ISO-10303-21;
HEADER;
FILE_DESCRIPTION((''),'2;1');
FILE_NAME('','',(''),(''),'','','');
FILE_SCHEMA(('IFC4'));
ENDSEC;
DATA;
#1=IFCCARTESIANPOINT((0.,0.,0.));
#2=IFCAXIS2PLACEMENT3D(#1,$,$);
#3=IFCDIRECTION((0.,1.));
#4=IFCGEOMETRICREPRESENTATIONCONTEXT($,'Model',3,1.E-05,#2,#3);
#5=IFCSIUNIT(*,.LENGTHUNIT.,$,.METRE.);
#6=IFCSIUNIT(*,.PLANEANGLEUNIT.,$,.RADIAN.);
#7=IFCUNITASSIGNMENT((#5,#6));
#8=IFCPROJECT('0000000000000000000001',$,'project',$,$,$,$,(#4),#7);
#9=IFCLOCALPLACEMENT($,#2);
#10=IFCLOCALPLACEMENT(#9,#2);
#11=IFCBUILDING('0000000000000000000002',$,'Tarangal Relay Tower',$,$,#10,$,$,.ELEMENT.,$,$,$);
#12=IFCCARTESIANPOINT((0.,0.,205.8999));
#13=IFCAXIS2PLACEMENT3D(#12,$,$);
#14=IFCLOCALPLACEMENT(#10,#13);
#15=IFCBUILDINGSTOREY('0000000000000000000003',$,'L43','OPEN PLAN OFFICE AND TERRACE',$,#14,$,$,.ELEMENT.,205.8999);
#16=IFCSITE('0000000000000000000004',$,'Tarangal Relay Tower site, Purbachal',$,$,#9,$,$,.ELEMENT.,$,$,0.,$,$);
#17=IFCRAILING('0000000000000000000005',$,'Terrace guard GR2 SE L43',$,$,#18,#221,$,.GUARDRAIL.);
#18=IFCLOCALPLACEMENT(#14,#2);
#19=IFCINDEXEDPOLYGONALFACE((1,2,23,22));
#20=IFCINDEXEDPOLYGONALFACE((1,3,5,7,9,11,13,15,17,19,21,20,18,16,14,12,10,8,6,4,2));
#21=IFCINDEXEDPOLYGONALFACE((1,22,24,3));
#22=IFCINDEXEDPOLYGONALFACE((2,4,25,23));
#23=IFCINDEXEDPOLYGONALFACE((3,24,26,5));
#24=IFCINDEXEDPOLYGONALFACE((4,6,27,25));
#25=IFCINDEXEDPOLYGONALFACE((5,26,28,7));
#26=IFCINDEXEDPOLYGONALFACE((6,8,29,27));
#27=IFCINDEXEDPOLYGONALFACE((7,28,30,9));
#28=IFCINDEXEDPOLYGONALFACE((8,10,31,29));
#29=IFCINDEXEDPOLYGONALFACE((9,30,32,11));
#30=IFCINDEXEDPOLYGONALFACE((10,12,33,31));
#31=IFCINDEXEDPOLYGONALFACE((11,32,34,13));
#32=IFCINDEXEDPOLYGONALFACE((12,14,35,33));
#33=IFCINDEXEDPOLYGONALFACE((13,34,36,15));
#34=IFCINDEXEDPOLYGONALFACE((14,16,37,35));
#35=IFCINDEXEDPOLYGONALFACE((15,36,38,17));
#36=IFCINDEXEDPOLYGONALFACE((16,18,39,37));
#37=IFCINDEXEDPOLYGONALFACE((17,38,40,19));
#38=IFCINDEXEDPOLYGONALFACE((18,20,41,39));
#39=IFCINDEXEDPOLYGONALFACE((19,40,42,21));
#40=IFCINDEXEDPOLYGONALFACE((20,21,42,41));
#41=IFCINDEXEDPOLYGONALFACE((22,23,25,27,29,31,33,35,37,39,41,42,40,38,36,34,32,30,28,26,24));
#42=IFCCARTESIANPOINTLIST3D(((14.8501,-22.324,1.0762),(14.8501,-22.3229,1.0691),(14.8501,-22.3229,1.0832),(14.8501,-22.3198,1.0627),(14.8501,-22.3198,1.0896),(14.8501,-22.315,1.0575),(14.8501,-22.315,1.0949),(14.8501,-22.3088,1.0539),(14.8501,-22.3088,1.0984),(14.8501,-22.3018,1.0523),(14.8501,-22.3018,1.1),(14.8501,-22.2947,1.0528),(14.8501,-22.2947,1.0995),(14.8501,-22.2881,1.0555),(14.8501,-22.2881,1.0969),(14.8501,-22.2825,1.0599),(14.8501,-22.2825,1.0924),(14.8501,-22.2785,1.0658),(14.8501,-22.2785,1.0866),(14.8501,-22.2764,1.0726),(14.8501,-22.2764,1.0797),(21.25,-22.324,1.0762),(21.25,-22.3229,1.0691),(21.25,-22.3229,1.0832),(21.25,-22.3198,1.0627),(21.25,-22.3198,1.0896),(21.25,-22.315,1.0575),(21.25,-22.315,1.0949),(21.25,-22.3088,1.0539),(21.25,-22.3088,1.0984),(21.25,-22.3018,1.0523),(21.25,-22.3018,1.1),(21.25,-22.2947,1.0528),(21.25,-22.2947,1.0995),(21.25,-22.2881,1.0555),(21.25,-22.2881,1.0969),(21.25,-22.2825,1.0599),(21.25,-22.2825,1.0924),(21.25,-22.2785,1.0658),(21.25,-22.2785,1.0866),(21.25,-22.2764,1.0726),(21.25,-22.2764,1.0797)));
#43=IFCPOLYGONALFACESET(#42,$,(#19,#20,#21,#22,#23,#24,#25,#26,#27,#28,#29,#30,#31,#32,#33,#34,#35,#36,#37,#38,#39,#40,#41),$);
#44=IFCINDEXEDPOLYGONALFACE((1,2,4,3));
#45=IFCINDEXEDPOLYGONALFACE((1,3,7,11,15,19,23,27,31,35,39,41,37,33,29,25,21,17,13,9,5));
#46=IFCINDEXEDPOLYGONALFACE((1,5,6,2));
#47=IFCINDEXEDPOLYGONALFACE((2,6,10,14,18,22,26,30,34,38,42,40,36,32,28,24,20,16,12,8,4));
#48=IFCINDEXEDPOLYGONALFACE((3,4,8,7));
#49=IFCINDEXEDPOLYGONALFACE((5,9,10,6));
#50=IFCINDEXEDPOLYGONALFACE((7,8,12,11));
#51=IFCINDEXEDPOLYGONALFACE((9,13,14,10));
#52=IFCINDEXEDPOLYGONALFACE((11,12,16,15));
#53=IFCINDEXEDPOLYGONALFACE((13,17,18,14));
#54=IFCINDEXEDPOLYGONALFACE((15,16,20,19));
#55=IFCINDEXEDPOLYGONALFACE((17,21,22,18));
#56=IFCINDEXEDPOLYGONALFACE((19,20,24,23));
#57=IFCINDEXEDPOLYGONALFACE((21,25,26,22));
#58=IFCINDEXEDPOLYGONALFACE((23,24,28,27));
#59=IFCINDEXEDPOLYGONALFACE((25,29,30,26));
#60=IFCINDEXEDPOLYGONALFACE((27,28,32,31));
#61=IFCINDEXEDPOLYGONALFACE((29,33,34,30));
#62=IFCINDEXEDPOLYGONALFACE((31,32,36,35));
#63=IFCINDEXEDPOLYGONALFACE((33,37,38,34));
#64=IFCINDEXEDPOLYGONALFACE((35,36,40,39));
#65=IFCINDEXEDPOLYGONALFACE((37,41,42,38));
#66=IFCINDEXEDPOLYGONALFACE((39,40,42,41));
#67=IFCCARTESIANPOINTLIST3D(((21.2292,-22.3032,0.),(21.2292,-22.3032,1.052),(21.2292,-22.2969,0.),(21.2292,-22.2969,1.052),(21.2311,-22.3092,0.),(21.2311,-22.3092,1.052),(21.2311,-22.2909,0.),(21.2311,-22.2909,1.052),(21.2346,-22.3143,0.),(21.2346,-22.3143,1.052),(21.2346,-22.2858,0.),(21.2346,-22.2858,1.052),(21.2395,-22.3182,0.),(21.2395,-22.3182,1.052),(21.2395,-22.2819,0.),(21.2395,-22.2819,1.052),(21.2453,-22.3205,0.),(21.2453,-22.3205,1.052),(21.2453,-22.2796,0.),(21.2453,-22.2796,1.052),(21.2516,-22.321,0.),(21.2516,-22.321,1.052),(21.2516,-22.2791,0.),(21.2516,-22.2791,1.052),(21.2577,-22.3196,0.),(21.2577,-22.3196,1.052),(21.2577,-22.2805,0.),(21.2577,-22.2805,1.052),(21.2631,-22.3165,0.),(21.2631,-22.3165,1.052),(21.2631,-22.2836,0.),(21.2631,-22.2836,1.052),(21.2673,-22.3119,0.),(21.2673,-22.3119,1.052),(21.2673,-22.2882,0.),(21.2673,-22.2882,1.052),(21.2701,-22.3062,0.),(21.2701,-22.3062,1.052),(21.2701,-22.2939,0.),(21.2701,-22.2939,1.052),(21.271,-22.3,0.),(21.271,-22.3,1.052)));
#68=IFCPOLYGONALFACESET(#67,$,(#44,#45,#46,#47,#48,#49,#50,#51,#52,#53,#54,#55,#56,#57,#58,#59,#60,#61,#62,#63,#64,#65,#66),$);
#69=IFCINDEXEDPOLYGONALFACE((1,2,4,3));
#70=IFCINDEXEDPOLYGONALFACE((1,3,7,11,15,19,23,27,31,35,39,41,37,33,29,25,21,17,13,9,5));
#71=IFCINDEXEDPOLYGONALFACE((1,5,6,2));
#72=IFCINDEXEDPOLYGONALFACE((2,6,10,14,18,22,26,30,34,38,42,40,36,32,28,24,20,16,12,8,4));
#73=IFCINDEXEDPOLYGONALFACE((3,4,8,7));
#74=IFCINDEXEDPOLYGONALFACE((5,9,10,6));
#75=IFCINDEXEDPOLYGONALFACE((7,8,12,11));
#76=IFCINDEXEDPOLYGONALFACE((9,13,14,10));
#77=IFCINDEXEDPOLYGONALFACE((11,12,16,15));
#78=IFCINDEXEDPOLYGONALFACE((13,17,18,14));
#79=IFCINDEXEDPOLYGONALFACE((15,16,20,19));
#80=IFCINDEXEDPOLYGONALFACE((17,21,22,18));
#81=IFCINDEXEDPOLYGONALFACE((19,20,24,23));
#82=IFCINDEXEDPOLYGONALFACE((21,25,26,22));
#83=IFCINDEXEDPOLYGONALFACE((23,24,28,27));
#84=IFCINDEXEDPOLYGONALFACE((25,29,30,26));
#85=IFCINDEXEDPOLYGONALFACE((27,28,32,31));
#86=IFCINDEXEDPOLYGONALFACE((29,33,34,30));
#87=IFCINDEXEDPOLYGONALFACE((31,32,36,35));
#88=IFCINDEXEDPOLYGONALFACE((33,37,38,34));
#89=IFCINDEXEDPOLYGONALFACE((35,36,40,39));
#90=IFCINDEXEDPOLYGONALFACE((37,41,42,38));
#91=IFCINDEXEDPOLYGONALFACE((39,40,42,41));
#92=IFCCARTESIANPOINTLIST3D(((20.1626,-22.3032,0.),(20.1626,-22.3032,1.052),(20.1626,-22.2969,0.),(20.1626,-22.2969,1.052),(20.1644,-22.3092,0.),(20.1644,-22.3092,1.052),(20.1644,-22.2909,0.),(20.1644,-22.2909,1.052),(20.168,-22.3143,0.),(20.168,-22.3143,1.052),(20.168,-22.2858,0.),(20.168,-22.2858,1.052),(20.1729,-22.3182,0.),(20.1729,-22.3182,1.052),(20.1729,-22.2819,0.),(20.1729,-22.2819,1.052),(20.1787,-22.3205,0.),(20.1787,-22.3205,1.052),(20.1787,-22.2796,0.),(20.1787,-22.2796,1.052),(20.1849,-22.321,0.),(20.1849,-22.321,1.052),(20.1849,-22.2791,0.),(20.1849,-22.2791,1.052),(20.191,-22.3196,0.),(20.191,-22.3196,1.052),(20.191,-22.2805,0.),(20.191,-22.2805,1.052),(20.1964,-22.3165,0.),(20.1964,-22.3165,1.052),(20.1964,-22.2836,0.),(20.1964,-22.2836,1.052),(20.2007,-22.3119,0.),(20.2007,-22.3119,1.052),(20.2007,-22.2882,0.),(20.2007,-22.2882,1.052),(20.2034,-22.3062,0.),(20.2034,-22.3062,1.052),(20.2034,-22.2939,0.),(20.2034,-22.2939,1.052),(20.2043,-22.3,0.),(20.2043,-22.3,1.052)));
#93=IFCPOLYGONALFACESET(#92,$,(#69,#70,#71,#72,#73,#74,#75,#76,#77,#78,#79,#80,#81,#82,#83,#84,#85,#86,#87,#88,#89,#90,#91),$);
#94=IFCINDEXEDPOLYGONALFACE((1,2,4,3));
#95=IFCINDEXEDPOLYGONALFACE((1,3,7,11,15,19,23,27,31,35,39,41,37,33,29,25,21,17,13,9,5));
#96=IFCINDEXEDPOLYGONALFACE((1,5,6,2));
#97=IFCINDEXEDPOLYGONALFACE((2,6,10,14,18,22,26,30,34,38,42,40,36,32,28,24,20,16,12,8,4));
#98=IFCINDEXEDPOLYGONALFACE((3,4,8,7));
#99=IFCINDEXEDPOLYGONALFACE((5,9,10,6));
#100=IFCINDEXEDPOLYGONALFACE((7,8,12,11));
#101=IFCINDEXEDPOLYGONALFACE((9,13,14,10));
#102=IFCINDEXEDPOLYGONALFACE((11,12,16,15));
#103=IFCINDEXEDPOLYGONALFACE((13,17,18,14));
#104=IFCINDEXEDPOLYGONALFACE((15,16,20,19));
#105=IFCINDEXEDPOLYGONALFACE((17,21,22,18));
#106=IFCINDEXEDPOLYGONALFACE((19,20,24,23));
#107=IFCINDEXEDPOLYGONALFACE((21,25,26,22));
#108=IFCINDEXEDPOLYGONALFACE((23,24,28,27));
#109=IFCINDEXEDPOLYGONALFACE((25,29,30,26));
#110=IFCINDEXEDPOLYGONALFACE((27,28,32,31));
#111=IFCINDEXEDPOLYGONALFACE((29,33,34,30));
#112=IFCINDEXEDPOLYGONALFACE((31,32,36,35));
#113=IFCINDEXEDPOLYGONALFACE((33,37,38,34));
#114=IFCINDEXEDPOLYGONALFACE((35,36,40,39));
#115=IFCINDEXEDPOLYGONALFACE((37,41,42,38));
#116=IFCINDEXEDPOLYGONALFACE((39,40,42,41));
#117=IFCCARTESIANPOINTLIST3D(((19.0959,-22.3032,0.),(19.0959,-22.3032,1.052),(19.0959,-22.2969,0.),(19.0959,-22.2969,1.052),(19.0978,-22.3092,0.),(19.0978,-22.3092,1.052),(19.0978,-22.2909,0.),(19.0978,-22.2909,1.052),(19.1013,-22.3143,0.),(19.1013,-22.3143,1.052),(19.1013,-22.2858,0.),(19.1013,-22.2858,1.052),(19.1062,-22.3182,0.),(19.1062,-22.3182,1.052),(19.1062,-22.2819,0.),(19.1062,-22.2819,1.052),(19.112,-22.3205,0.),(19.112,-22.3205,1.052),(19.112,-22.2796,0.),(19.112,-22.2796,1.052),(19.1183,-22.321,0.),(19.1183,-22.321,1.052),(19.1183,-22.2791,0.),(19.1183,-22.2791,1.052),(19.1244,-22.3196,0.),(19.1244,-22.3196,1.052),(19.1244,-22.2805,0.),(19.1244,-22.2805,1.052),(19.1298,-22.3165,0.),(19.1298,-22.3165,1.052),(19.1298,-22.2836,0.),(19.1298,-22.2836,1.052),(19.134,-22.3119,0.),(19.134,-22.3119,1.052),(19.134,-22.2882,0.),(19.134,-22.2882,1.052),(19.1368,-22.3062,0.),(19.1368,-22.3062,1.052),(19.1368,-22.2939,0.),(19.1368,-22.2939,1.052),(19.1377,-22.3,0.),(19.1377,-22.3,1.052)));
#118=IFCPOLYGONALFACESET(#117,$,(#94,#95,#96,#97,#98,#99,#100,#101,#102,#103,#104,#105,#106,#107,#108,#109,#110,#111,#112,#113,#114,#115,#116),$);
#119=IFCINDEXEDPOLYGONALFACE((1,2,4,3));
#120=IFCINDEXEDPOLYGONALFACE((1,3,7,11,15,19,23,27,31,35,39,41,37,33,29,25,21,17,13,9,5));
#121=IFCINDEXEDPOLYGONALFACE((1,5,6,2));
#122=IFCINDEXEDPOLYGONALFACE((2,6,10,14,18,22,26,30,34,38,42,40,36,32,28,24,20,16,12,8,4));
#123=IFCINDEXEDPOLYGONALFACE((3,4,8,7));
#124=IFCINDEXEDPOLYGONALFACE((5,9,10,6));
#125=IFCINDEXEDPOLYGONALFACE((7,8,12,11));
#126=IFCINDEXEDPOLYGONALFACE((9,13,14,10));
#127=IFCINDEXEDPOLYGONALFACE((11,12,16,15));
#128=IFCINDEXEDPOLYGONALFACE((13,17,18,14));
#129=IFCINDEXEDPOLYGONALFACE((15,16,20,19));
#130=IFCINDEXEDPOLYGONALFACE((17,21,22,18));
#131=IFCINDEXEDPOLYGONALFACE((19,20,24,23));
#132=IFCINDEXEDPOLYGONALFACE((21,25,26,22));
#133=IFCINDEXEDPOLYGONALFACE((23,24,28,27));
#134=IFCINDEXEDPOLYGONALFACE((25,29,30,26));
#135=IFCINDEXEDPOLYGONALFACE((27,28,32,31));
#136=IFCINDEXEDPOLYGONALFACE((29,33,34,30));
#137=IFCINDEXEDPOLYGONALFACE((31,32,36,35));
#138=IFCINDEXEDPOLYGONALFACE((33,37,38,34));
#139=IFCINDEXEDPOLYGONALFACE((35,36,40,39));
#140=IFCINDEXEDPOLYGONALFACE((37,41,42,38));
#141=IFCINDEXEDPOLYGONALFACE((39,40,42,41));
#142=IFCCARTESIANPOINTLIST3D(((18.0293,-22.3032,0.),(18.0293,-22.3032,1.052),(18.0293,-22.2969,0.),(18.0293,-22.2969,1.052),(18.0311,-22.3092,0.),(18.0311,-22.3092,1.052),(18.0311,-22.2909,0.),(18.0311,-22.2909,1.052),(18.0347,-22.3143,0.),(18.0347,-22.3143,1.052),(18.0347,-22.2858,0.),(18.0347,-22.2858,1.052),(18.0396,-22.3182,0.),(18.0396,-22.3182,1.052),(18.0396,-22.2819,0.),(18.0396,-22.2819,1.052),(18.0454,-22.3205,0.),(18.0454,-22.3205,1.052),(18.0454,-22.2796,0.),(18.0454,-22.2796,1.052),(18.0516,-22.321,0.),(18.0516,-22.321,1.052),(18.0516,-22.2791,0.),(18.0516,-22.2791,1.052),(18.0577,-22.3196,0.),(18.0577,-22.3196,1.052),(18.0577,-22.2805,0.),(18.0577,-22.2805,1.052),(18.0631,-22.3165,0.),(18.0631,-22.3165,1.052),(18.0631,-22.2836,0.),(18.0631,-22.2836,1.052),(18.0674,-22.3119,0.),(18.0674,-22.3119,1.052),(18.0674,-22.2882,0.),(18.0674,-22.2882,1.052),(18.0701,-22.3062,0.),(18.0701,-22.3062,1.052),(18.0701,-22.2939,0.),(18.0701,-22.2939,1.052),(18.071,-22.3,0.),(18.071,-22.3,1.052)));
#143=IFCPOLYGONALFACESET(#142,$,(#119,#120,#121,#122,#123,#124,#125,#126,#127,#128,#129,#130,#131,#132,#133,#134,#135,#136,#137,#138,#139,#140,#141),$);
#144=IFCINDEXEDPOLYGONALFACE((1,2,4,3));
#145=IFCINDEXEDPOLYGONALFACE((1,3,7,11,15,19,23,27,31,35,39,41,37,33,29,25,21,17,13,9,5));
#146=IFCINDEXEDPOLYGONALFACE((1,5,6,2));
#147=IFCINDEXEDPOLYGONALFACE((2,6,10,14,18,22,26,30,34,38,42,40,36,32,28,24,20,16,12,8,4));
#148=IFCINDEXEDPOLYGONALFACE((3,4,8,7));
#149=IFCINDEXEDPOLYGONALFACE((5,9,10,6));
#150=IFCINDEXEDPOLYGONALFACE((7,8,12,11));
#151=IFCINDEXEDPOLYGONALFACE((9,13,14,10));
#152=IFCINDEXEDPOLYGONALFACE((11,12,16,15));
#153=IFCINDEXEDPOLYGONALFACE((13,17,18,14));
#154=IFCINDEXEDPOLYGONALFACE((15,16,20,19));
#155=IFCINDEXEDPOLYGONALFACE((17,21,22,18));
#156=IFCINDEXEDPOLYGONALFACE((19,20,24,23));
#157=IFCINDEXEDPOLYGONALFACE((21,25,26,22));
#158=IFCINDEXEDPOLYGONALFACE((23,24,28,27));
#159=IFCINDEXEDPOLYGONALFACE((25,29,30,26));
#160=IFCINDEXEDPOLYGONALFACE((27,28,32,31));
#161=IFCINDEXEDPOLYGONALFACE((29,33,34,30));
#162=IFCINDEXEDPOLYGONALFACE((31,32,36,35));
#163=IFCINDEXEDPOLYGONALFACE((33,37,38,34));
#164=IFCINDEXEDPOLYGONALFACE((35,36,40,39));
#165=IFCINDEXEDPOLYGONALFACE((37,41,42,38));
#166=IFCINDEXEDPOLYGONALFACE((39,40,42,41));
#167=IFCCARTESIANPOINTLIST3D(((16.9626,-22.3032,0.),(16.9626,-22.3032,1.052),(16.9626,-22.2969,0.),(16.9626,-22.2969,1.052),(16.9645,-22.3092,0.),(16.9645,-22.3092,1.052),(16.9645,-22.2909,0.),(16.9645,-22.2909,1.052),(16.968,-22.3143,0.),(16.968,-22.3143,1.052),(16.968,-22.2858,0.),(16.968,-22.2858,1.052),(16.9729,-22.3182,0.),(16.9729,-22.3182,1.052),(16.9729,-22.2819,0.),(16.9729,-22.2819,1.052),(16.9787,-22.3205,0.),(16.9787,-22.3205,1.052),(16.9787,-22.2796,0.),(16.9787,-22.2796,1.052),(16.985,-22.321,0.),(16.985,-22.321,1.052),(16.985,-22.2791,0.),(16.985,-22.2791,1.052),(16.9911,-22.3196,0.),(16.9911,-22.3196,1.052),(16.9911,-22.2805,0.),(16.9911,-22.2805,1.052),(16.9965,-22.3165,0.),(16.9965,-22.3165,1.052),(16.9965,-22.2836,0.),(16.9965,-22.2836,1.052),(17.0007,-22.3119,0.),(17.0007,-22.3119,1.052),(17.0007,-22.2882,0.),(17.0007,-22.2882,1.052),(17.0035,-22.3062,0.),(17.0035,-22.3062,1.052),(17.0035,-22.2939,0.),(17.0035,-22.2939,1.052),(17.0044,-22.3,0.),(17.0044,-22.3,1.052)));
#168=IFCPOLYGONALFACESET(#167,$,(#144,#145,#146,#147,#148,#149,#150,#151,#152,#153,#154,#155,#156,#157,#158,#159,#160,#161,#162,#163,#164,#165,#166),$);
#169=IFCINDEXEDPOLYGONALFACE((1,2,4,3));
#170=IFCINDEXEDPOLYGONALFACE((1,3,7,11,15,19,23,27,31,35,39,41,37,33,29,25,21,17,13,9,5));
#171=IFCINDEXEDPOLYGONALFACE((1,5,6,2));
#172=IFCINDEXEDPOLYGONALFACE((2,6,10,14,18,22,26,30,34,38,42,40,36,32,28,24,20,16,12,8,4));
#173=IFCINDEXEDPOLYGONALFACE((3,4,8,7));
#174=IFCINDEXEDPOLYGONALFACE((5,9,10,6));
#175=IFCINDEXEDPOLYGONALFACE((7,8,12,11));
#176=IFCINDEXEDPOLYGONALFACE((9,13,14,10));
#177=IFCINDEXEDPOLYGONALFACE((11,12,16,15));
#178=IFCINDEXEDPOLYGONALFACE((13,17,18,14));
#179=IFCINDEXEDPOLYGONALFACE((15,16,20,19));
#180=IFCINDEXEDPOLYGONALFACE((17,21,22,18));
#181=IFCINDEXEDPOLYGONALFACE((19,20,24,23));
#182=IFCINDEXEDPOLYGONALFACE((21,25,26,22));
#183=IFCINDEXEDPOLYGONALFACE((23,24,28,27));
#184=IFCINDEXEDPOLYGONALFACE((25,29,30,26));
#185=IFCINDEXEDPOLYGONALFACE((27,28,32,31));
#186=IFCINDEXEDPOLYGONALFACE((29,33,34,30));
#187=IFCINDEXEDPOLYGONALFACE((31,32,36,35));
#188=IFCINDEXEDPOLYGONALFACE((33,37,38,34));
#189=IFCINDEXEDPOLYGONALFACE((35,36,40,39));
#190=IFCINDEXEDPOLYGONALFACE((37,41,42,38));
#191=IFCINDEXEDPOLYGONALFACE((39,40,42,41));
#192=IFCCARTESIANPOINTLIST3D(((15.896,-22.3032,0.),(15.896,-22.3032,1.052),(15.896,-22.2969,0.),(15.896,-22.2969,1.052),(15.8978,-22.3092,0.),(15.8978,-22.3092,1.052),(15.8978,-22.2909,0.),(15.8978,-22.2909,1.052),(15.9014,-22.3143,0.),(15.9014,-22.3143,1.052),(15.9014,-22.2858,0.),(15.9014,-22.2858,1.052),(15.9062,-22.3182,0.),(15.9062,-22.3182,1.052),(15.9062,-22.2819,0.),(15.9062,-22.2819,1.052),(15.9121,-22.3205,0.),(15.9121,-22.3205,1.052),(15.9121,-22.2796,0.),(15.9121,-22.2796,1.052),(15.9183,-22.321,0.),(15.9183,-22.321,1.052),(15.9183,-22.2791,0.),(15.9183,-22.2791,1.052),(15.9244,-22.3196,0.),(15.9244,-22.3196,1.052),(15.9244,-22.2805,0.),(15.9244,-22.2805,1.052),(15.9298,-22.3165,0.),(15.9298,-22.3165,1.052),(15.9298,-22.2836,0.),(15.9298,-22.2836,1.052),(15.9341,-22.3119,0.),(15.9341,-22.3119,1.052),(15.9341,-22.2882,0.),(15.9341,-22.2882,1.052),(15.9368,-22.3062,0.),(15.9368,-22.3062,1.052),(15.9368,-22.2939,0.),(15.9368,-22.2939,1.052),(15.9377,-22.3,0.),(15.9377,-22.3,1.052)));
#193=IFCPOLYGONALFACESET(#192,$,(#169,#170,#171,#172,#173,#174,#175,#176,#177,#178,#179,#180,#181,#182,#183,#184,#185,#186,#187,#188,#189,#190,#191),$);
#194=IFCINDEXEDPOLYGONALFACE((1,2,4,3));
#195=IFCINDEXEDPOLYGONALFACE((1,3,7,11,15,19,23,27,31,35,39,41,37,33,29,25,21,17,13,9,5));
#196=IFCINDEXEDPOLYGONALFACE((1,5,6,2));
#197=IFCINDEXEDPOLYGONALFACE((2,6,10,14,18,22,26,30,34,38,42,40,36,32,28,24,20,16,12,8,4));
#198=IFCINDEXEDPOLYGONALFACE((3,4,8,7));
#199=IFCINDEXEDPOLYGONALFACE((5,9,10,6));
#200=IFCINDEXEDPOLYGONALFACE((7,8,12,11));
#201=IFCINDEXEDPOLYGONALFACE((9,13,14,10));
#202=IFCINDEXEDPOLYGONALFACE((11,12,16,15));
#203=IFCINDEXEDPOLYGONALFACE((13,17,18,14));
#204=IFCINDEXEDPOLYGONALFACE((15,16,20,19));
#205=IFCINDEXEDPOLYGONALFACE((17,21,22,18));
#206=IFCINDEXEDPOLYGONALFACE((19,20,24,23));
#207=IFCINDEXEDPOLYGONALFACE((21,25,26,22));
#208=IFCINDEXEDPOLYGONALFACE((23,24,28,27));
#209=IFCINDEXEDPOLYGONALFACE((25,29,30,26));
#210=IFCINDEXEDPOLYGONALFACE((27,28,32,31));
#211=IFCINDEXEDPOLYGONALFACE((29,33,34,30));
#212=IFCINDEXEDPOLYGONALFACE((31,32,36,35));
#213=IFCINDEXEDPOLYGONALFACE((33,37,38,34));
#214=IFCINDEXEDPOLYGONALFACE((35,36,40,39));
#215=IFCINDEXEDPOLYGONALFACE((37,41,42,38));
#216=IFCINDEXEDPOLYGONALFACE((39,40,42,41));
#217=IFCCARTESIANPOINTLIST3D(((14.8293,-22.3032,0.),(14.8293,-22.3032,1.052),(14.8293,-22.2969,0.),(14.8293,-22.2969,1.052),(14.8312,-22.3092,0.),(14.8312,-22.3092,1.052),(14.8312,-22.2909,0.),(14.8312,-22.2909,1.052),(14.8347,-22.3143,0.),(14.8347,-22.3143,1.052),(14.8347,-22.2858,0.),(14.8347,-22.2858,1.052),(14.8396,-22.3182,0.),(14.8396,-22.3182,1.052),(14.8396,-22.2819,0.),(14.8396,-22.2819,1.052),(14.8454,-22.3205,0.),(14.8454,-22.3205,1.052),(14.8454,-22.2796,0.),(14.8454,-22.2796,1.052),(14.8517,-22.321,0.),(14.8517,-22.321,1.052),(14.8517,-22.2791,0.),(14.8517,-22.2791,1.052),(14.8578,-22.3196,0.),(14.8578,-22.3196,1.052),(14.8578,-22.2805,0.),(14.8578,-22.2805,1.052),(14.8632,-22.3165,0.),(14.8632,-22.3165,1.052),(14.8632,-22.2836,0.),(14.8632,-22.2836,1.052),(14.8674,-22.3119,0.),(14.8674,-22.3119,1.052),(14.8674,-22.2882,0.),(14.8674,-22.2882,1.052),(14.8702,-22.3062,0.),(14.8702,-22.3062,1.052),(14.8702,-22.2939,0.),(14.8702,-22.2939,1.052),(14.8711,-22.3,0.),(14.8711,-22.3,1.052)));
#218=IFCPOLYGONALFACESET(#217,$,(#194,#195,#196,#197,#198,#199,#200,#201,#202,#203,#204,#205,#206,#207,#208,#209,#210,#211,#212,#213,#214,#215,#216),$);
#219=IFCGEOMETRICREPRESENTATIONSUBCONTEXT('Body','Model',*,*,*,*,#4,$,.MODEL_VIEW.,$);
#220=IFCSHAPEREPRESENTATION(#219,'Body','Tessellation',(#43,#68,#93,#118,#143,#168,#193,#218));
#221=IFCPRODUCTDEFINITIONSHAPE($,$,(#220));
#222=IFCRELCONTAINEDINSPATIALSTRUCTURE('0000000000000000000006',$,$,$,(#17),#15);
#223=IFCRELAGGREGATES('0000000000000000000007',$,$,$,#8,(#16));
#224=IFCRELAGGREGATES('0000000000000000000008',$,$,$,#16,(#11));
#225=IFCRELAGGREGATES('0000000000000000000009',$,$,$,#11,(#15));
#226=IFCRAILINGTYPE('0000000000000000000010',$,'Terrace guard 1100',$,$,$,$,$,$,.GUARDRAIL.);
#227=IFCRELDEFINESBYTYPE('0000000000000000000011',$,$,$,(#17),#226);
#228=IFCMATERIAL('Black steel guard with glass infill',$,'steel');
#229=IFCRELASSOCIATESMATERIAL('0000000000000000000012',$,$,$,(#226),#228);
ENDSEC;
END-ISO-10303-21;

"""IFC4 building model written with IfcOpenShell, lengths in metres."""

from ifc_helpers import new_model, si_unit, direction, frame, origin, origin_2d, place, context, subcontext, project, spatial, circle, extrude, material, type_object, element, save


model = new_model("IFC4")

# Units and contexts
model_context = context("Model", 3, precision=1e-05, world=origin(), true_north=direction((0.0, 1.0)))
body_context = subcontext(model_context, "Body", "Model", "MODEL_VIEW")
ifc_project = project(units=[si_unit("LENGTHUNIT", "METRE"), si_unit("PLANEANGLEUNIT", "RADIAN")], contexts=[model_context])

# Site, building, storey
site_placement = place(None, origin())
site = spatial("IfcSite", under=ifc_project, at=site_placement, Name="Tarangal Relay Tower site, Purbachal", CompositionType="ELEMENT", RefElevation=0.0)
building_placement = place(site_placement, origin())
building = spatial("IfcBuilding", under=site, at=building_placement, Name="Tarangal Relay Tower", CompositionType="ELEMENT")
storey_placement = place(building_placement, frame((0.0, 0.0, 205.8999)))
storey = spatial("IfcBuildingStorey", under=building, at=storey_placement, Name="L43", Description="OPEN PLAN OFFICE AND TERRACE", CompositionType="ELEMENT", Elevation=205.8999)

# Railing
ifc_material_1 = material(Name="Black steel guard with glass infill", Category="steel")
railing_type = type_object("IfcRailingType", Name="Terrace guard 1100", PredefinedType="GUARDRAIL", material=ifc_material_1)
railing_1_placement = place(storey_placement, frame((21.25, -22.3, 0.0)))
element("IfcRailing", 1, at=railing_1_placement, inside=storey, type_object=railing_type, Name="Terrace guard GR2 SE L43", PredefinedType="GUARDRAIL", context=body_context, shape_type="SweptSolid", body=[
    extrude(circle(Radius=0.0239, at=origin_2d()), frame((0.0, 0.0, 1.0762), z_axis=(-1.0, 0.0, 0.0), x_axis=(0.0, -1.0, 0.0)), (0.0, 0.0, 1.0), 6.3999),
    extrude(circle(Radius=0.021, at=origin_2d()), origin(), (0.0, 0.0, 1.0), 1.052),
    extrude(circle(Radius=0.021, at=origin_2d()), frame((-1.0667, 0.0, 0.0)), (0.0, 0.0, 1.0), 1.052),
    extrude(circle(Radius=0.021, at=origin_2d()), frame((-2.1333, 0.0, 0.0)), (0.0, 0.0, 1.0), 1.052),
    extrude(circle(Radius=0.021, at=origin_2d()), frame((-3.2, 0.0, 0.0)), (0.0, 0.0, 1.0), 1.052),
    extrude(circle(Radius=0.021, at=origin_2d()), frame((-4.2666, 0.0, 0.0)), (0.0, 0.0, 1.0), 1.052),
    extrude(circle(Radius=0.021, at=origin_2d()), frame((-5.3333, 0.0, 0.0)), (0.0, 0.0, 1.0), 1.052),
    extrude(circle(Radius=0.021, at=origin_2d()), frame((-6.3999, 0.0, 0.0)), (0.0, 0.0, 1.0), 1.052),
])

save(model, "model.ifc")
